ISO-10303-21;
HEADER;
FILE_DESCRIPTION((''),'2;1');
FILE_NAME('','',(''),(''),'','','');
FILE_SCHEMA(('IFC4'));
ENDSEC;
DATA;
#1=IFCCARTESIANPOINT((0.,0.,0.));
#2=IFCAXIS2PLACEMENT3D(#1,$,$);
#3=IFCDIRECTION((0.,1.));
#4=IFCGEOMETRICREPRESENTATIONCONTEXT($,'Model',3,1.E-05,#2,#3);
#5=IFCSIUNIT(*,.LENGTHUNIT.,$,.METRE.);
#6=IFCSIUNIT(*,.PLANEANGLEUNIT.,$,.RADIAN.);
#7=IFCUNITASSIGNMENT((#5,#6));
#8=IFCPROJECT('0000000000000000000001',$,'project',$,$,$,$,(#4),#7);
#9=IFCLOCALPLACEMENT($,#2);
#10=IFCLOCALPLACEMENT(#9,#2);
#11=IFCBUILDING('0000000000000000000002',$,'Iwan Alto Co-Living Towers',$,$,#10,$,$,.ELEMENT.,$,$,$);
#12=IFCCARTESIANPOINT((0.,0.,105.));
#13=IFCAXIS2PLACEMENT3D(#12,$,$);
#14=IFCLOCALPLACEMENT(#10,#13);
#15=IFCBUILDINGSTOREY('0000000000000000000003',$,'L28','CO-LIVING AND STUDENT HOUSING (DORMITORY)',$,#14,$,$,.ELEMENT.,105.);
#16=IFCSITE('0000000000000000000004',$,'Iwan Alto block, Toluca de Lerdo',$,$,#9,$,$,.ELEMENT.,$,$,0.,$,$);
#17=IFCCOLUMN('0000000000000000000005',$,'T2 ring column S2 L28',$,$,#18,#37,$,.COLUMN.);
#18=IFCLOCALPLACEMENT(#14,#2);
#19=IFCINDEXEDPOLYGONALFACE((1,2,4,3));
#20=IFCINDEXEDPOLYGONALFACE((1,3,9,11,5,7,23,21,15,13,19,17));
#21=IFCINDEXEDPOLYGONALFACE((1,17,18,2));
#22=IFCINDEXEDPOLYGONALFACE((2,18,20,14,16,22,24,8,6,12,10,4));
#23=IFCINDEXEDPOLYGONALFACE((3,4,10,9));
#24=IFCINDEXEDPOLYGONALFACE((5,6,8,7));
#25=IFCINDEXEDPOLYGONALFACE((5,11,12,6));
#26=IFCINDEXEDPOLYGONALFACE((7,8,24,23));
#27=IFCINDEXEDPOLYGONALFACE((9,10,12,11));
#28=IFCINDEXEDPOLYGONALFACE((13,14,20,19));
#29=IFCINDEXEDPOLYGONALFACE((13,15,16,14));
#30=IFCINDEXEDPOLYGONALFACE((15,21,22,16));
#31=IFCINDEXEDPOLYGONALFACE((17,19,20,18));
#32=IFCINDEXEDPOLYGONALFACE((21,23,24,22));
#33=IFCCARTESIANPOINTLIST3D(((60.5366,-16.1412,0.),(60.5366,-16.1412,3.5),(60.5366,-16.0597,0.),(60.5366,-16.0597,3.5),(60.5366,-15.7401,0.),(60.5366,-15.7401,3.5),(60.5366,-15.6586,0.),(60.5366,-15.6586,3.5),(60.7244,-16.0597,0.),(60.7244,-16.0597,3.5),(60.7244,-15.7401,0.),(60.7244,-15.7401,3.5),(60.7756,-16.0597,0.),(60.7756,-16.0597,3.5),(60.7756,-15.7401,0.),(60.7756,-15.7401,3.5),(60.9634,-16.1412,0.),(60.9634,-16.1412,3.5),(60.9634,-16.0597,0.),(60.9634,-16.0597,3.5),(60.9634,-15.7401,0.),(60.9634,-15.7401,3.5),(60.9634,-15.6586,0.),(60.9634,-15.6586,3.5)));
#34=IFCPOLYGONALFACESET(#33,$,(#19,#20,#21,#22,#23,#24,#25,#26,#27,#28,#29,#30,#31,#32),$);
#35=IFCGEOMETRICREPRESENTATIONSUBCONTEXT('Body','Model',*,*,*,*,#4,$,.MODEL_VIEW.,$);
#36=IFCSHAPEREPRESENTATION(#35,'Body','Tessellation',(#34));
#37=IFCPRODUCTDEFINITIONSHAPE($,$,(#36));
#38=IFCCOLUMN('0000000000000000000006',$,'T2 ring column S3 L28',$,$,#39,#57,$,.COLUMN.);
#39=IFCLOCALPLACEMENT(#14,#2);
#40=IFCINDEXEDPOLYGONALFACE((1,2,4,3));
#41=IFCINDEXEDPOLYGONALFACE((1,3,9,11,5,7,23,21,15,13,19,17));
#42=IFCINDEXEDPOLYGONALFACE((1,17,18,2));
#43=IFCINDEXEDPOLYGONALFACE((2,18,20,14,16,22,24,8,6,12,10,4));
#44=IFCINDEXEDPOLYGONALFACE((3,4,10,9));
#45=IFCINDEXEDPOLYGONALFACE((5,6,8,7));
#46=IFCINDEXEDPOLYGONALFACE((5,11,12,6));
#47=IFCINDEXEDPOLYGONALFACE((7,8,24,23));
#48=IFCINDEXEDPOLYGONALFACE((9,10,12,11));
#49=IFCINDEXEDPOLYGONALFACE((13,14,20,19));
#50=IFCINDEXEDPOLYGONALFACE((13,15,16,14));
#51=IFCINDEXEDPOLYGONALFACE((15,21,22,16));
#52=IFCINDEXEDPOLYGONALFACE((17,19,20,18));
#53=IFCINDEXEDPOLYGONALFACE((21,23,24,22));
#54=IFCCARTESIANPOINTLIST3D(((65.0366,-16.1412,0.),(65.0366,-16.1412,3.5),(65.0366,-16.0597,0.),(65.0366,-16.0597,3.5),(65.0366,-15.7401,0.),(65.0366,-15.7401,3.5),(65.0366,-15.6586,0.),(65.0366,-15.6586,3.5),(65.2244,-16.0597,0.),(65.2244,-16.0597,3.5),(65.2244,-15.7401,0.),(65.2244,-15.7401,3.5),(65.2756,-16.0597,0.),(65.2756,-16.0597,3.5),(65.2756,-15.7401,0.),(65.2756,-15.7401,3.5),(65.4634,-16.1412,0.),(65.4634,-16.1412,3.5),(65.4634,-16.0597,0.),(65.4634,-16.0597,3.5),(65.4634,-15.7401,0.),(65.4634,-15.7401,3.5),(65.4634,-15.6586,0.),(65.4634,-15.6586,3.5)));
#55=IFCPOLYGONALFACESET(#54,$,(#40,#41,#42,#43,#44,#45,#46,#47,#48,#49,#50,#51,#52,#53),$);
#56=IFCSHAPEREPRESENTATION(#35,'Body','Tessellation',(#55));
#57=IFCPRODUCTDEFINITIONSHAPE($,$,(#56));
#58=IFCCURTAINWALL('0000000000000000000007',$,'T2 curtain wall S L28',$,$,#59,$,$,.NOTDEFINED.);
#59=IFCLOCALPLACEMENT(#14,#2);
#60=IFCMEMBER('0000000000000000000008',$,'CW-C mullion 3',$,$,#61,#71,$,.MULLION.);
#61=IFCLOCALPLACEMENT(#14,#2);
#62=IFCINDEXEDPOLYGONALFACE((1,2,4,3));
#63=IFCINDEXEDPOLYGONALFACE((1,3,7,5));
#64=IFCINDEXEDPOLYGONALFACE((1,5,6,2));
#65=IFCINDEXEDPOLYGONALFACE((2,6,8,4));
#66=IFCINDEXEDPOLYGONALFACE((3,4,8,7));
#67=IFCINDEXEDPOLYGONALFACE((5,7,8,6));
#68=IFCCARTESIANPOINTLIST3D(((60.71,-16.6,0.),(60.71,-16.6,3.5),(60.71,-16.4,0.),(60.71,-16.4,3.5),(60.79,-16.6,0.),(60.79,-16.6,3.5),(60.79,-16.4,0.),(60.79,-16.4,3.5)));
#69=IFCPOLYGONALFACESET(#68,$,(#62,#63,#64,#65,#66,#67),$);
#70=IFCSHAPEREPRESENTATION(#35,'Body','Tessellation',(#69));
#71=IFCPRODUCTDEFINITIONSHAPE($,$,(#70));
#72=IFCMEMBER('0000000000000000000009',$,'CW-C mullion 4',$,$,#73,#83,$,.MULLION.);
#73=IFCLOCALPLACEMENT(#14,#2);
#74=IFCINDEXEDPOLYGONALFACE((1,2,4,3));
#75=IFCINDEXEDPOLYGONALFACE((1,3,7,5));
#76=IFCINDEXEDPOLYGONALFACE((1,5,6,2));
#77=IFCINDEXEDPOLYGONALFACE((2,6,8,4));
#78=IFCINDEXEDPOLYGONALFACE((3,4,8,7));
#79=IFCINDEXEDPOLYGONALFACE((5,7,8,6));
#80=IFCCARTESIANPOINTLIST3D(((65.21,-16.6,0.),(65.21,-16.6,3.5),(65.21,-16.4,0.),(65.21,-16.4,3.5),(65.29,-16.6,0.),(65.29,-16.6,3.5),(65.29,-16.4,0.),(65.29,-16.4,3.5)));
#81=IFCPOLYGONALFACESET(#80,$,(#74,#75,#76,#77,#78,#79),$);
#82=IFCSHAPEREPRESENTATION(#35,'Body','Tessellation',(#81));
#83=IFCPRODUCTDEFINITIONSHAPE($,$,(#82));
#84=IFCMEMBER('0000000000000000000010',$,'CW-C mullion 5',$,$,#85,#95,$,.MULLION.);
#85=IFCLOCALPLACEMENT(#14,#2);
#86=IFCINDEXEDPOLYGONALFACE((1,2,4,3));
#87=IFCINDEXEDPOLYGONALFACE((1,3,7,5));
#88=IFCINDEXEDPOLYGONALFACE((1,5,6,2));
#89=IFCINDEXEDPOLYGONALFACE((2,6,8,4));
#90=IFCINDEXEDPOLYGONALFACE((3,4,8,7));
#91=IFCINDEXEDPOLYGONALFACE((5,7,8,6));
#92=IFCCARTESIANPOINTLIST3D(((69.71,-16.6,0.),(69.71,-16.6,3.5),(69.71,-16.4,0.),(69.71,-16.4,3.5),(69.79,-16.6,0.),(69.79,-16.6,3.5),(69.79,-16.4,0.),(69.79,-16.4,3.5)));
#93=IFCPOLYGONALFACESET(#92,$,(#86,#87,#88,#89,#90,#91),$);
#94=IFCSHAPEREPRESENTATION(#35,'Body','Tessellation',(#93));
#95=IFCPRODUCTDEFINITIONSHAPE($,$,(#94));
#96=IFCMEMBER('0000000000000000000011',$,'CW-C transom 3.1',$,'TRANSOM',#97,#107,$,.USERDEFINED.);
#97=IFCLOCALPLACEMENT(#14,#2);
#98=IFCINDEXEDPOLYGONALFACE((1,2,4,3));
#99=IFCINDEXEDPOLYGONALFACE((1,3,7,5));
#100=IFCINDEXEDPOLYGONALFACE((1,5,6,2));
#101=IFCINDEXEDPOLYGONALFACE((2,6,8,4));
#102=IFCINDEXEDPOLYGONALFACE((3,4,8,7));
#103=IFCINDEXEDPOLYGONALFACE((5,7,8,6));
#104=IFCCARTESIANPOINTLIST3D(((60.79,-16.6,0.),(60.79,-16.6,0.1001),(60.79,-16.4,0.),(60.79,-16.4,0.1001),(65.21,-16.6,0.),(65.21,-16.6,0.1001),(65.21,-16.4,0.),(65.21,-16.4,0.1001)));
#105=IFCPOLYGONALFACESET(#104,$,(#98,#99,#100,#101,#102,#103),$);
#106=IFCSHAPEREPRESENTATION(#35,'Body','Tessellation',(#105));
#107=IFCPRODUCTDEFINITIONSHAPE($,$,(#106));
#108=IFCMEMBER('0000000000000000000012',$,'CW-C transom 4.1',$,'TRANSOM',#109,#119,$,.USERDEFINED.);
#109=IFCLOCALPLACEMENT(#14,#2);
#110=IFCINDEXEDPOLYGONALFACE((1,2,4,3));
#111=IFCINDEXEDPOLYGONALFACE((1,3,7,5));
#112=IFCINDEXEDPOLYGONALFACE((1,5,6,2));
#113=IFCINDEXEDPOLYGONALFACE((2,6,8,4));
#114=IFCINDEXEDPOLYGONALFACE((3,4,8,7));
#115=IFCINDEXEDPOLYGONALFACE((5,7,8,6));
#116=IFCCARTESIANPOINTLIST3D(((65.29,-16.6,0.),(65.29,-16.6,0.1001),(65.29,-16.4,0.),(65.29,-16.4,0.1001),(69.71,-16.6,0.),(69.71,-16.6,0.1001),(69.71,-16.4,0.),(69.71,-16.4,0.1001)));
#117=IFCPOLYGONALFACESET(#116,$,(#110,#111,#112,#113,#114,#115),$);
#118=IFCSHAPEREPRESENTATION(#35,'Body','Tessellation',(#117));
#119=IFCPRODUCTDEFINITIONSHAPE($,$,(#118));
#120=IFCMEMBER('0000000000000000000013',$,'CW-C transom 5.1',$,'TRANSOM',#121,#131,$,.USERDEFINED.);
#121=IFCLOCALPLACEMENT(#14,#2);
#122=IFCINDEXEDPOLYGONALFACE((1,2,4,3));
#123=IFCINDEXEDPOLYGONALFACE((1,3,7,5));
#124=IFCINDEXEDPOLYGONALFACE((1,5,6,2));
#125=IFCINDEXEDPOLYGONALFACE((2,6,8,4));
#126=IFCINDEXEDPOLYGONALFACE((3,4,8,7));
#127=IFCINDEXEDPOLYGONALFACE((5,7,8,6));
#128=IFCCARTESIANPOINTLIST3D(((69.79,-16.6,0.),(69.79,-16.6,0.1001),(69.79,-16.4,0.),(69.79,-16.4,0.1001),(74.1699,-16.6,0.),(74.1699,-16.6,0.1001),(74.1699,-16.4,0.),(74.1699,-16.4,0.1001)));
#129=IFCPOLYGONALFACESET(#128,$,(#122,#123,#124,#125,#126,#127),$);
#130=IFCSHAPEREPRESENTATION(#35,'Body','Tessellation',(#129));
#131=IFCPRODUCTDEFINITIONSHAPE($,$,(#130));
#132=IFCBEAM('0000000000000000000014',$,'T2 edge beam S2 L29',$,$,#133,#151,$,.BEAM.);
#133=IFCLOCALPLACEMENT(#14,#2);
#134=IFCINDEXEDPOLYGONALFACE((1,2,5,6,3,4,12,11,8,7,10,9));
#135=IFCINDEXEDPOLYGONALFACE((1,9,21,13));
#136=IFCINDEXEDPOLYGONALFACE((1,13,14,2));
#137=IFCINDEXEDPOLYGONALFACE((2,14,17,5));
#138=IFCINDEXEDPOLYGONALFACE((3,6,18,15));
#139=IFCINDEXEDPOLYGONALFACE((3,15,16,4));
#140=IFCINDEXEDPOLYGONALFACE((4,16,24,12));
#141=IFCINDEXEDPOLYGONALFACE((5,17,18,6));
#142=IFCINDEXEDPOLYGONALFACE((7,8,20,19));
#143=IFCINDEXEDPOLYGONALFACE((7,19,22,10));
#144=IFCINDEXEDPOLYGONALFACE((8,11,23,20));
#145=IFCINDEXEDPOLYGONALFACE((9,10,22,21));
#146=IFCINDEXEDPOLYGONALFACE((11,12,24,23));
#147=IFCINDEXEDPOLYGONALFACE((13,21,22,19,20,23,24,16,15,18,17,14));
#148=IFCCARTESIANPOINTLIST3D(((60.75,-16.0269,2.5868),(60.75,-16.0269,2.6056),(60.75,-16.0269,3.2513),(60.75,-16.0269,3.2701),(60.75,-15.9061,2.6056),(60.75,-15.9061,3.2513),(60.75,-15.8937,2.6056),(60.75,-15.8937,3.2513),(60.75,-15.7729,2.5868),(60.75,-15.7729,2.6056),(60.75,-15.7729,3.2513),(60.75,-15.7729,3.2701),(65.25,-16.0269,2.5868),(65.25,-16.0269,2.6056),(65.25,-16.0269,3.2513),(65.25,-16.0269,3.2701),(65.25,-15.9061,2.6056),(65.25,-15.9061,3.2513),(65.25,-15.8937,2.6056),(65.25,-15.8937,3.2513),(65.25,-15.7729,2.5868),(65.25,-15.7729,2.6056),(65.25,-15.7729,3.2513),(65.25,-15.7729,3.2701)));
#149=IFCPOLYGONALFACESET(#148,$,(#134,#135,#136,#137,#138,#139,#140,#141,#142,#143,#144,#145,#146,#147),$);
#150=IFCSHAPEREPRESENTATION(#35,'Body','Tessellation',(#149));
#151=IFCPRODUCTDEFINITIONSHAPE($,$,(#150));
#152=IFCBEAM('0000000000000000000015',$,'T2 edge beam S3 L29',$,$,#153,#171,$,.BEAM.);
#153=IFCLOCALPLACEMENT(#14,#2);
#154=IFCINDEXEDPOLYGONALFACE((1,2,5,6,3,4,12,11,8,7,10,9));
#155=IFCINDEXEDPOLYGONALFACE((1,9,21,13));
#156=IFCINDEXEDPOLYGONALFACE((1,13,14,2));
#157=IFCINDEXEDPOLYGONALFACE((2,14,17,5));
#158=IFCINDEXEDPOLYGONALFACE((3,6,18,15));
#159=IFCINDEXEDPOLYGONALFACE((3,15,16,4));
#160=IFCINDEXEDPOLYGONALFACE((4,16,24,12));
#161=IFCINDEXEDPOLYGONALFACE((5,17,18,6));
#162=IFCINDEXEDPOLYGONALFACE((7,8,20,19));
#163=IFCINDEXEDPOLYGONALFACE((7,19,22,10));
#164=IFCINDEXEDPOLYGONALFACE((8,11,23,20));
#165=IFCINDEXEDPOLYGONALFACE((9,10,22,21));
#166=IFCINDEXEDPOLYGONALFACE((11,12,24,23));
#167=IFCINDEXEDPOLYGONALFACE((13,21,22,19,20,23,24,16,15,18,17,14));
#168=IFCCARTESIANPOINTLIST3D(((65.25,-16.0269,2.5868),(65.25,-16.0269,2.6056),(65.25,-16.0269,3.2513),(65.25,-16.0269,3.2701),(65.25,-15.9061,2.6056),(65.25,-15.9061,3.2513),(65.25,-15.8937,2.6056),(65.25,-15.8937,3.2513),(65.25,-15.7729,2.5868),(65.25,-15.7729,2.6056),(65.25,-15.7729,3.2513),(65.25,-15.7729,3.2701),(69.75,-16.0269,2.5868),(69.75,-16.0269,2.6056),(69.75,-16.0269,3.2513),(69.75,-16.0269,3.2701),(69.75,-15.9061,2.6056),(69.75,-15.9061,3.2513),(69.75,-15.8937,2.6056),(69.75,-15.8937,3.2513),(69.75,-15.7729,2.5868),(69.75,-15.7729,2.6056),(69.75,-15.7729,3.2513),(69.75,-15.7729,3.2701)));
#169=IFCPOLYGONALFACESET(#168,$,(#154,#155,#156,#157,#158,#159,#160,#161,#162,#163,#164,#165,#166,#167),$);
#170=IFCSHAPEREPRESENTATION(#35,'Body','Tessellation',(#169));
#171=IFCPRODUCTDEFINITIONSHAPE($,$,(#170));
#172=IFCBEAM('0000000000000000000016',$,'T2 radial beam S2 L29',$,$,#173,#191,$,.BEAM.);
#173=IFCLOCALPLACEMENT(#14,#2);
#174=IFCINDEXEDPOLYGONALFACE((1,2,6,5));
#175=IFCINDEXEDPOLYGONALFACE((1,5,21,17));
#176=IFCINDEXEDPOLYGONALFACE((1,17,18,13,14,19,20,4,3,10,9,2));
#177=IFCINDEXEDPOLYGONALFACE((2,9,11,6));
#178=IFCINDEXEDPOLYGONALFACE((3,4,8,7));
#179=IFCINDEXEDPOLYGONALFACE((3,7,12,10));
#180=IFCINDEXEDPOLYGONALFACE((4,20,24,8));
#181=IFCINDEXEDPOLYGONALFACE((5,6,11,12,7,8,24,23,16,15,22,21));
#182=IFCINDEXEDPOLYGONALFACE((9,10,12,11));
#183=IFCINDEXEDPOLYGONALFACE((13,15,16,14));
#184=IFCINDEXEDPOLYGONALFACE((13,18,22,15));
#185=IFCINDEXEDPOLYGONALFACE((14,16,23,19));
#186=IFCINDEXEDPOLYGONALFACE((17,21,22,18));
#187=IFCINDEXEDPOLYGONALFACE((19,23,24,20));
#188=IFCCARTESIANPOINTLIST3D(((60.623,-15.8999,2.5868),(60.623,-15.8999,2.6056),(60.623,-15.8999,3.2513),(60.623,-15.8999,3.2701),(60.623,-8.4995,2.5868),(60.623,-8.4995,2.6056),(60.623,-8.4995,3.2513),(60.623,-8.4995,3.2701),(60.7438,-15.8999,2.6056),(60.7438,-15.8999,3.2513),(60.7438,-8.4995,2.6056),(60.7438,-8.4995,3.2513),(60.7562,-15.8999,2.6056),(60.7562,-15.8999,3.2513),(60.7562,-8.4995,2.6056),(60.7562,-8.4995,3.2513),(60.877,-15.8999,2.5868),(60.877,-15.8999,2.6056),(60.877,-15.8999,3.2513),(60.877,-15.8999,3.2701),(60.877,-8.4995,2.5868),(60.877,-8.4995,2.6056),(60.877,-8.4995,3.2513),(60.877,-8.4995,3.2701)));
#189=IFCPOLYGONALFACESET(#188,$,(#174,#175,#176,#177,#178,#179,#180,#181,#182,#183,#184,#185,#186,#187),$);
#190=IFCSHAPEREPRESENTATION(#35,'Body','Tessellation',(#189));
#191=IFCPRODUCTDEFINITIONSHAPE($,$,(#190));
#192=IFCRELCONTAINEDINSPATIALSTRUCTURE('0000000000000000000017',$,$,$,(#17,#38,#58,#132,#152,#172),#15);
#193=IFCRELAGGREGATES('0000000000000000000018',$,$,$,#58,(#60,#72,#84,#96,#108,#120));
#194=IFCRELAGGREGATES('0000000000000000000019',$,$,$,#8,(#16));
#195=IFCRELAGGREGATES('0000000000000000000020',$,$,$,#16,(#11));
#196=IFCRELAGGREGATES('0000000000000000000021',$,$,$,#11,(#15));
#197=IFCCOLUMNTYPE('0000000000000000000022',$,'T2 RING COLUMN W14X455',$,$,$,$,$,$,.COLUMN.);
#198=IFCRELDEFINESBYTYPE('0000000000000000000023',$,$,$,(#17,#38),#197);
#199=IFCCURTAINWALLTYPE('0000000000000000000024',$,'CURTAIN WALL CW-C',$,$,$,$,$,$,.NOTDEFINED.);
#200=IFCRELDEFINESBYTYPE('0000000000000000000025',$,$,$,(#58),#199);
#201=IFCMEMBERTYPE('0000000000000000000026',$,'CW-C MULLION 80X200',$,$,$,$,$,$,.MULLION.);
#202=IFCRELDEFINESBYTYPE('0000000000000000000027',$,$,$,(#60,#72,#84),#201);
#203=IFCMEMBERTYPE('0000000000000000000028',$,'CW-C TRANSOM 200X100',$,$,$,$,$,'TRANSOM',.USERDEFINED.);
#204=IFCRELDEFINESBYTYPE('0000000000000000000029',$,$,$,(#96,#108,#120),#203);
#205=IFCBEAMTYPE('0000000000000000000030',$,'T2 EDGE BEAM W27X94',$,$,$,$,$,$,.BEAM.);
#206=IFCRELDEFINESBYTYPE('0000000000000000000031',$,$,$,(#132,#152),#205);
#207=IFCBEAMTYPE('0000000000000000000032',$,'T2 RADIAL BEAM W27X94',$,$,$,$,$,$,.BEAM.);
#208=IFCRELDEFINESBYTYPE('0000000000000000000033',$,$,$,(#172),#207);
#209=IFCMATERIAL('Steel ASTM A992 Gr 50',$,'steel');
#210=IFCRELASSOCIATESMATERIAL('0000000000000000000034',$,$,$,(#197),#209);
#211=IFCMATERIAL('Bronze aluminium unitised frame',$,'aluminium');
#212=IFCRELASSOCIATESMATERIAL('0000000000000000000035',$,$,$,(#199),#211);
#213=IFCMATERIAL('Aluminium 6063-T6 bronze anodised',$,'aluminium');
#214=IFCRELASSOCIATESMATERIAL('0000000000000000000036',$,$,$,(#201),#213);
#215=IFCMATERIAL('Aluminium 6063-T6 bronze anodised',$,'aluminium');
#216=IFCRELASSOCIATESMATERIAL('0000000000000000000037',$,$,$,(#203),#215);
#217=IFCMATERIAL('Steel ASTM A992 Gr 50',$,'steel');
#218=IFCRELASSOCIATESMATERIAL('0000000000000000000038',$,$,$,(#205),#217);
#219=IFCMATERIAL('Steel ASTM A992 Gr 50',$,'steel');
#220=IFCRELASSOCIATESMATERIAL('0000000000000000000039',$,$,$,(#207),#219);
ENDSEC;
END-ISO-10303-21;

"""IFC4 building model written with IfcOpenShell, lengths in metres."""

from ifc_helpers import new_model, si_unit, direction, frame, origin, origin_2d, place, context, subcontext, project, spatial, rectangle, i_section, extrude, material, material_profile, profile_set, type_object, element, aggregate, save


model = new_model("IFC4")

# Units and contexts
model_context = context("Model", 3, precision=1e-05, world=origin(), true_north=direction((0.0, 1.0)))
body_context = subcontext(model_context, "Body", "Model", "MODEL_VIEW")
ifc_project = project(units=[si_unit("LENGTHUNIT", "METRE"), si_unit("PLANEANGLEUNIT", "RADIAN")], contexts=[model_context])

# Site, building, storey
site_placement = place(None, origin())
site = spatial("IfcSite", under=ifc_project, at=site_placement, Name="Iwan Alto block, Toluca de Lerdo", CompositionType="ELEMENT", RefElevation=0.0)
building_placement = place(site_placement, origin())
building = spatial("IfcBuilding", under=site, at=building_placement, Name="Iwan Alto Co-Living Towers", CompositionType="ELEMENT")
storey_placement = place(building_placement, frame((0.0, 0.0, 105.0)))
storey = spatial("IfcBuildingStorey", under=building, at=storey_placement, Name="L28", Description="CO-LIVING AND STUDENT HOUSING (DORMITORY)", CompositionType="ELEMENT", Elevation=105.0)

# Columns
ifc_material_1 = material(Name="Steel ASTM A992 Gr 50", Category="steel")
ifc_material_profile_1 = material_profile(ifc_material_1, i_section(OverallWidth=0.4268, OverallDepth=0.4827, WebThickness=0.0513, FlangeThickness=0.0815, at=origin_2d()), Name="W14X455")
ifc_profile_set_1 = profile_set([ifc_material_profile_1], Name="Steel ASTM A992 Gr 50")
column_type = type_object("IfcColumnType", Name="T2 RING COLUMN W14X455", PredefinedType="COLUMN", material=ifc_profile_set_1)
for number, where, z_axis, x_axis, name in (
    (1, (60.75, -15.8999, 0.0), (0.0, 0.0, 1.0), (1.0, 0.0, 0.0), "T2 ring column S2 L28"),
    (2, (65.25, -15.8999, 0.0), (0.0, 0.0, 1.0), (1.0, 0.0, 0.0), "T2 ring column S3 L28"),
):
    element("IfcColumn", number, at=place(storey_placement, frame(where, z_axis=z_axis, x_axis=x_axis)), inside=storey, type_object=column_type, Name=name, PredefinedType="COLUMN", context=body_context, shape_type="SweptSolid", body=[
        extrude(i_section(OverallWidth=0.4268, OverallDepth=0.4827, WebThickness=0.0513, FlangeThickness=0.0815, at=origin_2d()), origin(), (0.0, 0.0, 1.0), 3.5),
    ])

# Curtain wall, members
ifc_material_2 = material(Name="Bronze aluminium unitised frame", Category="aluminium")
curtain_wall_type = type_object("IfcCurtainWallType", Name="CURTAIN WALL CW-C", PredefinedType="NOTDEFINED", material=ifc_material_2)
curtain_wall_placement = place(storey_placement, origin())
curtain_wall = element("IfcCurtainWall", 3, at=curtain_wall_placement, inside=storey, type_object=curtain_wall_type, Name="T2 curtain wall S L28", PredefinedType="NOTDEFINED")
ifc_material_3 = material(Name="Aluminium 6063-T6 bronze anodised", Category="aluminium")
ifc_material_profile_2 = material_profile(ifc_material_3, rectangle(XDim=0.2, YDim=0.0801, at=origin_2d()), Name="AL 80X200")
ifc_profile_set_2 = profile_set([ifc_material_profile_2], Name="Aluminium 6063-T6 bronze anodised")
member_type_1 = type_object("IfcMemberType", Name="CW-C MULLION 80X200", PredefinedType="MULLION", material=ifc_profile_set_2)
member_1_placement = place(storey_placement, frame((60.75, -16.5, 0.0), z_axis=(0.0, 0.0, 1.0), x_axis=(0.0, 1.0, 0.0)))
member_1 = element("IfcMember", 4, at=member_1_placement, type_object=member_type_1, Name="CW-C mullion 3", PredefinedType="MULLION", context=body_context, shape_type="SweptSolid", body=[
    extrude(rectangle(XDim=0.2, YDim=0.0801, at=origin_2d()), origin(), (0.0, 0.0, 1.0), 3.5),
])
member_2_placement = place(storey_placement, frame((65.25, -16.5, 0.0), z_axis=(0.0, 0.0, 1.0), x_axis=(0.0, 1.0, 0.0)))
member_2 = element("IfcMember", 5, at=member_2_placement, type_object=member_type_1, Name="CW-C mullion 4", PredefinedType="MULLION", context=body_context, shape_type="SweptSolid", body=[
    extrude(rectangle(XDim=0.2, YDim=0.0801, at=origin_2d()), origin(), (0.0, 0.0, 1.0), 3.5),
])
member_3_placement = place(storey_placement, frame((69.75, -16.5, 0.0), z_axis=(0.0, 0.0, 1.0), x_axis=(0.0, 1.0, 0.0)))
member_3 = element("IfcMember", 6, at=member_3_placement, type_object=member_type_1, Name="CW-C mullion 5", PredefinedType="MULLION", context=body_context, shape_type="SweptSolid", body=[
    extrude(rectangle(XDim=0.2, YDim=0.0801, at=origin_2d()), origin(), (0.0, 0.0, 1.0), 3.5),
])
ifc_material_4 = material(Name="Aluminium 6063-T6 bronze anodised", Category="aluminium")
ifc_material_profile_3 = material_profile(ifc_material_4, rectangle(XDim=0.2, YDim=0.1001, at=origin_2d()), Name="AL 200X100")
ifc_profile_set_3 = profile_set([ifc_material_profile_3], Name="Aluminium 6063-T6 bronze anodised")
member_type_2 = type_object("IfcMemberType", Name="CW-C TRANSOM 200X100", ElementType="TRANSOM", PredefinedType="USERDEFINED", material=ifc_profile_set_3)
member_4_placement = place(storey_placement, frame((60.79, -16.5, 0.05), z_axis=(1.0, 0.0, 0.0), x_axis=(0.0, 1.0, 0.0)))
member_4 = element("IfcMember", 7, at=member_4_placement, type_object=member_type_2, Name="CW-C transom 3.1", ObjectType="TRANSOM", PredefinedType="USERDEFINED", context=body_context, shape_type="SweptSolid", body=[
    extrude(rectangle(XDim=0.2, YDim=0.1001, at=origin_2d()), origin(), (0.0, 0.0, 1.0), 4.4199),
])
member_5_placement = place(storey_placement, frame((65.29, -16.5, 0.05), z_axis=(1.0, 0.0, 0.0), x_axis=(0.0, 1.0, 0.0)))
member_5 = element("IfcMember", 8, at=member_5_placement, type_object=member_type_2, Name="CW-C transom 4.1", ObjectType="TRANSOM", PredefinedType="USERDEFINED", context=body_context, shape_type="SweptSolid", body=[
    extrude(rectangle(XDim=0.2, YDim=0.1001, at=origin_2d()), origin(), (0.0, 0.0, 1.0), 4.4199),
])
member_6_placement = place(storey_placement, frame((69.79, -16.5, 0.05), z_axis=(1.0, 0.0, 0.0), x_axis=(0.0, 1.0, 0.0)))
member_6 = element("IfcMember", 9, at=member_6_placement, type_object=member_type_2, Name="CW-C transom 5.1", ObjectType="TRANSOM", PredefinedType="USERDEFINED", context=body_context, shape_type="SweptSolid", body=[
    extrude(rectangle(XDim=0.2, YDim=0.1001, at=origin_2d()), origin(), (0.0, 0.0, 1.0), 4.3799),
])

# Beams
ifc_material_5 = material(Name="Steel ASTM A992 Gr 50", Category="steel")
ifc_material_profile_4 = material_profile(ifc_material_5, i_section(OverallWidth=0.2539, OverallDepth=0.6833, WebThickness=0.0125, FlangeThickness=0.0188, at=origin_2d()), Name="W27X94")
ifc_profile_set_4 = profile_set([ifc_material_profile_4], Name="Steel ASTM A992 Gr 50")
beam_type_1 = type_object("IfcBeamType", Name="T2 EDGE BEAM W27X94", PredefinedType="BEAM", material=ifc_profile_set_4)
for number, where, z_axis, x_axis, name in (
    (10, (60.75, -15.8999, 2.9285), (1.0, 0.0, 0.0), (0.0, 1.0, 0.0), "T2 edge beam S2 L29"),
    (11, (65.25, -15.8999, 2.9285), (1.0, 0.0, 0.0), (0.0, 1.0, 0.0), "T2 edge beam S3 L29"),
):
    element("IfcBeam", number, at=place(storey_placement, frame(where, z_axis=z_axis, x_axis=x_axis)), inside=storey, type_object=beam_type_1, Name=name, PredefinedType="BEAM", context=body_context, shape_type="SweptSolid", body=[
        extrude(i_section(OverallWidth=0.2539, OverallDepth=0.6833, WebThickness=0.0125, FlangeThickness=0.0188, at=origin_2d()), origin(), (0.0, 0.0, 1.0), 4.5),
    ])
ifc_material_6 = material(Name="Steel ASTM A992 Gr 50", Category="steel")
ifc_material_profile_5 = material_profile(ifc_material_6, i_section(OverallWidth=0.2539, OverallDepth=0.6833, WebThickness=0.0125, FlangeThickness=0.0188, at=origin_2d()), Name="W27X94")
ifc_profile_set_5 = profile_set([ifc_material_profile_5], Name="Steel ASTM A992 Gr 50")
beam_type_2 = type_object("IfcBeamType", Name="T2 RADIAL BEAM W27X94", PredefinedType="BEAM", material=ifc_profile_set_5)
for number, where, z_axis, x_axis, name in (
    (12, (60.75, -15.8999, 2.9285), (0.0, 1.0, 0.0), (-1.0, 0.0, 0.0), "T2 radial beam S2 L29"),
):
    element("IfcBeam", number, at=place(storey_placement, frame(where, z_axis=z_axis, x_axis=x_axis)), inside=storey, type_object=beam_type_2, Name=name, PredefinedType="BEAM", context=body_context, shape_type="SweptSolid", body=[
        extrude(i_section(OverallWidth=0.2539, OverallDepth=0.6833, WebThickness=0.0125, FlangeThickness=0.0188, at=origin_2d()), origin(), (0.0, 0.0, 1.0), 7.4004),
    ])

aggregate(curtain_wall, [member_1, member_2, member_3, member_4, member_5, member_6])

save(model, "model.ifc")
